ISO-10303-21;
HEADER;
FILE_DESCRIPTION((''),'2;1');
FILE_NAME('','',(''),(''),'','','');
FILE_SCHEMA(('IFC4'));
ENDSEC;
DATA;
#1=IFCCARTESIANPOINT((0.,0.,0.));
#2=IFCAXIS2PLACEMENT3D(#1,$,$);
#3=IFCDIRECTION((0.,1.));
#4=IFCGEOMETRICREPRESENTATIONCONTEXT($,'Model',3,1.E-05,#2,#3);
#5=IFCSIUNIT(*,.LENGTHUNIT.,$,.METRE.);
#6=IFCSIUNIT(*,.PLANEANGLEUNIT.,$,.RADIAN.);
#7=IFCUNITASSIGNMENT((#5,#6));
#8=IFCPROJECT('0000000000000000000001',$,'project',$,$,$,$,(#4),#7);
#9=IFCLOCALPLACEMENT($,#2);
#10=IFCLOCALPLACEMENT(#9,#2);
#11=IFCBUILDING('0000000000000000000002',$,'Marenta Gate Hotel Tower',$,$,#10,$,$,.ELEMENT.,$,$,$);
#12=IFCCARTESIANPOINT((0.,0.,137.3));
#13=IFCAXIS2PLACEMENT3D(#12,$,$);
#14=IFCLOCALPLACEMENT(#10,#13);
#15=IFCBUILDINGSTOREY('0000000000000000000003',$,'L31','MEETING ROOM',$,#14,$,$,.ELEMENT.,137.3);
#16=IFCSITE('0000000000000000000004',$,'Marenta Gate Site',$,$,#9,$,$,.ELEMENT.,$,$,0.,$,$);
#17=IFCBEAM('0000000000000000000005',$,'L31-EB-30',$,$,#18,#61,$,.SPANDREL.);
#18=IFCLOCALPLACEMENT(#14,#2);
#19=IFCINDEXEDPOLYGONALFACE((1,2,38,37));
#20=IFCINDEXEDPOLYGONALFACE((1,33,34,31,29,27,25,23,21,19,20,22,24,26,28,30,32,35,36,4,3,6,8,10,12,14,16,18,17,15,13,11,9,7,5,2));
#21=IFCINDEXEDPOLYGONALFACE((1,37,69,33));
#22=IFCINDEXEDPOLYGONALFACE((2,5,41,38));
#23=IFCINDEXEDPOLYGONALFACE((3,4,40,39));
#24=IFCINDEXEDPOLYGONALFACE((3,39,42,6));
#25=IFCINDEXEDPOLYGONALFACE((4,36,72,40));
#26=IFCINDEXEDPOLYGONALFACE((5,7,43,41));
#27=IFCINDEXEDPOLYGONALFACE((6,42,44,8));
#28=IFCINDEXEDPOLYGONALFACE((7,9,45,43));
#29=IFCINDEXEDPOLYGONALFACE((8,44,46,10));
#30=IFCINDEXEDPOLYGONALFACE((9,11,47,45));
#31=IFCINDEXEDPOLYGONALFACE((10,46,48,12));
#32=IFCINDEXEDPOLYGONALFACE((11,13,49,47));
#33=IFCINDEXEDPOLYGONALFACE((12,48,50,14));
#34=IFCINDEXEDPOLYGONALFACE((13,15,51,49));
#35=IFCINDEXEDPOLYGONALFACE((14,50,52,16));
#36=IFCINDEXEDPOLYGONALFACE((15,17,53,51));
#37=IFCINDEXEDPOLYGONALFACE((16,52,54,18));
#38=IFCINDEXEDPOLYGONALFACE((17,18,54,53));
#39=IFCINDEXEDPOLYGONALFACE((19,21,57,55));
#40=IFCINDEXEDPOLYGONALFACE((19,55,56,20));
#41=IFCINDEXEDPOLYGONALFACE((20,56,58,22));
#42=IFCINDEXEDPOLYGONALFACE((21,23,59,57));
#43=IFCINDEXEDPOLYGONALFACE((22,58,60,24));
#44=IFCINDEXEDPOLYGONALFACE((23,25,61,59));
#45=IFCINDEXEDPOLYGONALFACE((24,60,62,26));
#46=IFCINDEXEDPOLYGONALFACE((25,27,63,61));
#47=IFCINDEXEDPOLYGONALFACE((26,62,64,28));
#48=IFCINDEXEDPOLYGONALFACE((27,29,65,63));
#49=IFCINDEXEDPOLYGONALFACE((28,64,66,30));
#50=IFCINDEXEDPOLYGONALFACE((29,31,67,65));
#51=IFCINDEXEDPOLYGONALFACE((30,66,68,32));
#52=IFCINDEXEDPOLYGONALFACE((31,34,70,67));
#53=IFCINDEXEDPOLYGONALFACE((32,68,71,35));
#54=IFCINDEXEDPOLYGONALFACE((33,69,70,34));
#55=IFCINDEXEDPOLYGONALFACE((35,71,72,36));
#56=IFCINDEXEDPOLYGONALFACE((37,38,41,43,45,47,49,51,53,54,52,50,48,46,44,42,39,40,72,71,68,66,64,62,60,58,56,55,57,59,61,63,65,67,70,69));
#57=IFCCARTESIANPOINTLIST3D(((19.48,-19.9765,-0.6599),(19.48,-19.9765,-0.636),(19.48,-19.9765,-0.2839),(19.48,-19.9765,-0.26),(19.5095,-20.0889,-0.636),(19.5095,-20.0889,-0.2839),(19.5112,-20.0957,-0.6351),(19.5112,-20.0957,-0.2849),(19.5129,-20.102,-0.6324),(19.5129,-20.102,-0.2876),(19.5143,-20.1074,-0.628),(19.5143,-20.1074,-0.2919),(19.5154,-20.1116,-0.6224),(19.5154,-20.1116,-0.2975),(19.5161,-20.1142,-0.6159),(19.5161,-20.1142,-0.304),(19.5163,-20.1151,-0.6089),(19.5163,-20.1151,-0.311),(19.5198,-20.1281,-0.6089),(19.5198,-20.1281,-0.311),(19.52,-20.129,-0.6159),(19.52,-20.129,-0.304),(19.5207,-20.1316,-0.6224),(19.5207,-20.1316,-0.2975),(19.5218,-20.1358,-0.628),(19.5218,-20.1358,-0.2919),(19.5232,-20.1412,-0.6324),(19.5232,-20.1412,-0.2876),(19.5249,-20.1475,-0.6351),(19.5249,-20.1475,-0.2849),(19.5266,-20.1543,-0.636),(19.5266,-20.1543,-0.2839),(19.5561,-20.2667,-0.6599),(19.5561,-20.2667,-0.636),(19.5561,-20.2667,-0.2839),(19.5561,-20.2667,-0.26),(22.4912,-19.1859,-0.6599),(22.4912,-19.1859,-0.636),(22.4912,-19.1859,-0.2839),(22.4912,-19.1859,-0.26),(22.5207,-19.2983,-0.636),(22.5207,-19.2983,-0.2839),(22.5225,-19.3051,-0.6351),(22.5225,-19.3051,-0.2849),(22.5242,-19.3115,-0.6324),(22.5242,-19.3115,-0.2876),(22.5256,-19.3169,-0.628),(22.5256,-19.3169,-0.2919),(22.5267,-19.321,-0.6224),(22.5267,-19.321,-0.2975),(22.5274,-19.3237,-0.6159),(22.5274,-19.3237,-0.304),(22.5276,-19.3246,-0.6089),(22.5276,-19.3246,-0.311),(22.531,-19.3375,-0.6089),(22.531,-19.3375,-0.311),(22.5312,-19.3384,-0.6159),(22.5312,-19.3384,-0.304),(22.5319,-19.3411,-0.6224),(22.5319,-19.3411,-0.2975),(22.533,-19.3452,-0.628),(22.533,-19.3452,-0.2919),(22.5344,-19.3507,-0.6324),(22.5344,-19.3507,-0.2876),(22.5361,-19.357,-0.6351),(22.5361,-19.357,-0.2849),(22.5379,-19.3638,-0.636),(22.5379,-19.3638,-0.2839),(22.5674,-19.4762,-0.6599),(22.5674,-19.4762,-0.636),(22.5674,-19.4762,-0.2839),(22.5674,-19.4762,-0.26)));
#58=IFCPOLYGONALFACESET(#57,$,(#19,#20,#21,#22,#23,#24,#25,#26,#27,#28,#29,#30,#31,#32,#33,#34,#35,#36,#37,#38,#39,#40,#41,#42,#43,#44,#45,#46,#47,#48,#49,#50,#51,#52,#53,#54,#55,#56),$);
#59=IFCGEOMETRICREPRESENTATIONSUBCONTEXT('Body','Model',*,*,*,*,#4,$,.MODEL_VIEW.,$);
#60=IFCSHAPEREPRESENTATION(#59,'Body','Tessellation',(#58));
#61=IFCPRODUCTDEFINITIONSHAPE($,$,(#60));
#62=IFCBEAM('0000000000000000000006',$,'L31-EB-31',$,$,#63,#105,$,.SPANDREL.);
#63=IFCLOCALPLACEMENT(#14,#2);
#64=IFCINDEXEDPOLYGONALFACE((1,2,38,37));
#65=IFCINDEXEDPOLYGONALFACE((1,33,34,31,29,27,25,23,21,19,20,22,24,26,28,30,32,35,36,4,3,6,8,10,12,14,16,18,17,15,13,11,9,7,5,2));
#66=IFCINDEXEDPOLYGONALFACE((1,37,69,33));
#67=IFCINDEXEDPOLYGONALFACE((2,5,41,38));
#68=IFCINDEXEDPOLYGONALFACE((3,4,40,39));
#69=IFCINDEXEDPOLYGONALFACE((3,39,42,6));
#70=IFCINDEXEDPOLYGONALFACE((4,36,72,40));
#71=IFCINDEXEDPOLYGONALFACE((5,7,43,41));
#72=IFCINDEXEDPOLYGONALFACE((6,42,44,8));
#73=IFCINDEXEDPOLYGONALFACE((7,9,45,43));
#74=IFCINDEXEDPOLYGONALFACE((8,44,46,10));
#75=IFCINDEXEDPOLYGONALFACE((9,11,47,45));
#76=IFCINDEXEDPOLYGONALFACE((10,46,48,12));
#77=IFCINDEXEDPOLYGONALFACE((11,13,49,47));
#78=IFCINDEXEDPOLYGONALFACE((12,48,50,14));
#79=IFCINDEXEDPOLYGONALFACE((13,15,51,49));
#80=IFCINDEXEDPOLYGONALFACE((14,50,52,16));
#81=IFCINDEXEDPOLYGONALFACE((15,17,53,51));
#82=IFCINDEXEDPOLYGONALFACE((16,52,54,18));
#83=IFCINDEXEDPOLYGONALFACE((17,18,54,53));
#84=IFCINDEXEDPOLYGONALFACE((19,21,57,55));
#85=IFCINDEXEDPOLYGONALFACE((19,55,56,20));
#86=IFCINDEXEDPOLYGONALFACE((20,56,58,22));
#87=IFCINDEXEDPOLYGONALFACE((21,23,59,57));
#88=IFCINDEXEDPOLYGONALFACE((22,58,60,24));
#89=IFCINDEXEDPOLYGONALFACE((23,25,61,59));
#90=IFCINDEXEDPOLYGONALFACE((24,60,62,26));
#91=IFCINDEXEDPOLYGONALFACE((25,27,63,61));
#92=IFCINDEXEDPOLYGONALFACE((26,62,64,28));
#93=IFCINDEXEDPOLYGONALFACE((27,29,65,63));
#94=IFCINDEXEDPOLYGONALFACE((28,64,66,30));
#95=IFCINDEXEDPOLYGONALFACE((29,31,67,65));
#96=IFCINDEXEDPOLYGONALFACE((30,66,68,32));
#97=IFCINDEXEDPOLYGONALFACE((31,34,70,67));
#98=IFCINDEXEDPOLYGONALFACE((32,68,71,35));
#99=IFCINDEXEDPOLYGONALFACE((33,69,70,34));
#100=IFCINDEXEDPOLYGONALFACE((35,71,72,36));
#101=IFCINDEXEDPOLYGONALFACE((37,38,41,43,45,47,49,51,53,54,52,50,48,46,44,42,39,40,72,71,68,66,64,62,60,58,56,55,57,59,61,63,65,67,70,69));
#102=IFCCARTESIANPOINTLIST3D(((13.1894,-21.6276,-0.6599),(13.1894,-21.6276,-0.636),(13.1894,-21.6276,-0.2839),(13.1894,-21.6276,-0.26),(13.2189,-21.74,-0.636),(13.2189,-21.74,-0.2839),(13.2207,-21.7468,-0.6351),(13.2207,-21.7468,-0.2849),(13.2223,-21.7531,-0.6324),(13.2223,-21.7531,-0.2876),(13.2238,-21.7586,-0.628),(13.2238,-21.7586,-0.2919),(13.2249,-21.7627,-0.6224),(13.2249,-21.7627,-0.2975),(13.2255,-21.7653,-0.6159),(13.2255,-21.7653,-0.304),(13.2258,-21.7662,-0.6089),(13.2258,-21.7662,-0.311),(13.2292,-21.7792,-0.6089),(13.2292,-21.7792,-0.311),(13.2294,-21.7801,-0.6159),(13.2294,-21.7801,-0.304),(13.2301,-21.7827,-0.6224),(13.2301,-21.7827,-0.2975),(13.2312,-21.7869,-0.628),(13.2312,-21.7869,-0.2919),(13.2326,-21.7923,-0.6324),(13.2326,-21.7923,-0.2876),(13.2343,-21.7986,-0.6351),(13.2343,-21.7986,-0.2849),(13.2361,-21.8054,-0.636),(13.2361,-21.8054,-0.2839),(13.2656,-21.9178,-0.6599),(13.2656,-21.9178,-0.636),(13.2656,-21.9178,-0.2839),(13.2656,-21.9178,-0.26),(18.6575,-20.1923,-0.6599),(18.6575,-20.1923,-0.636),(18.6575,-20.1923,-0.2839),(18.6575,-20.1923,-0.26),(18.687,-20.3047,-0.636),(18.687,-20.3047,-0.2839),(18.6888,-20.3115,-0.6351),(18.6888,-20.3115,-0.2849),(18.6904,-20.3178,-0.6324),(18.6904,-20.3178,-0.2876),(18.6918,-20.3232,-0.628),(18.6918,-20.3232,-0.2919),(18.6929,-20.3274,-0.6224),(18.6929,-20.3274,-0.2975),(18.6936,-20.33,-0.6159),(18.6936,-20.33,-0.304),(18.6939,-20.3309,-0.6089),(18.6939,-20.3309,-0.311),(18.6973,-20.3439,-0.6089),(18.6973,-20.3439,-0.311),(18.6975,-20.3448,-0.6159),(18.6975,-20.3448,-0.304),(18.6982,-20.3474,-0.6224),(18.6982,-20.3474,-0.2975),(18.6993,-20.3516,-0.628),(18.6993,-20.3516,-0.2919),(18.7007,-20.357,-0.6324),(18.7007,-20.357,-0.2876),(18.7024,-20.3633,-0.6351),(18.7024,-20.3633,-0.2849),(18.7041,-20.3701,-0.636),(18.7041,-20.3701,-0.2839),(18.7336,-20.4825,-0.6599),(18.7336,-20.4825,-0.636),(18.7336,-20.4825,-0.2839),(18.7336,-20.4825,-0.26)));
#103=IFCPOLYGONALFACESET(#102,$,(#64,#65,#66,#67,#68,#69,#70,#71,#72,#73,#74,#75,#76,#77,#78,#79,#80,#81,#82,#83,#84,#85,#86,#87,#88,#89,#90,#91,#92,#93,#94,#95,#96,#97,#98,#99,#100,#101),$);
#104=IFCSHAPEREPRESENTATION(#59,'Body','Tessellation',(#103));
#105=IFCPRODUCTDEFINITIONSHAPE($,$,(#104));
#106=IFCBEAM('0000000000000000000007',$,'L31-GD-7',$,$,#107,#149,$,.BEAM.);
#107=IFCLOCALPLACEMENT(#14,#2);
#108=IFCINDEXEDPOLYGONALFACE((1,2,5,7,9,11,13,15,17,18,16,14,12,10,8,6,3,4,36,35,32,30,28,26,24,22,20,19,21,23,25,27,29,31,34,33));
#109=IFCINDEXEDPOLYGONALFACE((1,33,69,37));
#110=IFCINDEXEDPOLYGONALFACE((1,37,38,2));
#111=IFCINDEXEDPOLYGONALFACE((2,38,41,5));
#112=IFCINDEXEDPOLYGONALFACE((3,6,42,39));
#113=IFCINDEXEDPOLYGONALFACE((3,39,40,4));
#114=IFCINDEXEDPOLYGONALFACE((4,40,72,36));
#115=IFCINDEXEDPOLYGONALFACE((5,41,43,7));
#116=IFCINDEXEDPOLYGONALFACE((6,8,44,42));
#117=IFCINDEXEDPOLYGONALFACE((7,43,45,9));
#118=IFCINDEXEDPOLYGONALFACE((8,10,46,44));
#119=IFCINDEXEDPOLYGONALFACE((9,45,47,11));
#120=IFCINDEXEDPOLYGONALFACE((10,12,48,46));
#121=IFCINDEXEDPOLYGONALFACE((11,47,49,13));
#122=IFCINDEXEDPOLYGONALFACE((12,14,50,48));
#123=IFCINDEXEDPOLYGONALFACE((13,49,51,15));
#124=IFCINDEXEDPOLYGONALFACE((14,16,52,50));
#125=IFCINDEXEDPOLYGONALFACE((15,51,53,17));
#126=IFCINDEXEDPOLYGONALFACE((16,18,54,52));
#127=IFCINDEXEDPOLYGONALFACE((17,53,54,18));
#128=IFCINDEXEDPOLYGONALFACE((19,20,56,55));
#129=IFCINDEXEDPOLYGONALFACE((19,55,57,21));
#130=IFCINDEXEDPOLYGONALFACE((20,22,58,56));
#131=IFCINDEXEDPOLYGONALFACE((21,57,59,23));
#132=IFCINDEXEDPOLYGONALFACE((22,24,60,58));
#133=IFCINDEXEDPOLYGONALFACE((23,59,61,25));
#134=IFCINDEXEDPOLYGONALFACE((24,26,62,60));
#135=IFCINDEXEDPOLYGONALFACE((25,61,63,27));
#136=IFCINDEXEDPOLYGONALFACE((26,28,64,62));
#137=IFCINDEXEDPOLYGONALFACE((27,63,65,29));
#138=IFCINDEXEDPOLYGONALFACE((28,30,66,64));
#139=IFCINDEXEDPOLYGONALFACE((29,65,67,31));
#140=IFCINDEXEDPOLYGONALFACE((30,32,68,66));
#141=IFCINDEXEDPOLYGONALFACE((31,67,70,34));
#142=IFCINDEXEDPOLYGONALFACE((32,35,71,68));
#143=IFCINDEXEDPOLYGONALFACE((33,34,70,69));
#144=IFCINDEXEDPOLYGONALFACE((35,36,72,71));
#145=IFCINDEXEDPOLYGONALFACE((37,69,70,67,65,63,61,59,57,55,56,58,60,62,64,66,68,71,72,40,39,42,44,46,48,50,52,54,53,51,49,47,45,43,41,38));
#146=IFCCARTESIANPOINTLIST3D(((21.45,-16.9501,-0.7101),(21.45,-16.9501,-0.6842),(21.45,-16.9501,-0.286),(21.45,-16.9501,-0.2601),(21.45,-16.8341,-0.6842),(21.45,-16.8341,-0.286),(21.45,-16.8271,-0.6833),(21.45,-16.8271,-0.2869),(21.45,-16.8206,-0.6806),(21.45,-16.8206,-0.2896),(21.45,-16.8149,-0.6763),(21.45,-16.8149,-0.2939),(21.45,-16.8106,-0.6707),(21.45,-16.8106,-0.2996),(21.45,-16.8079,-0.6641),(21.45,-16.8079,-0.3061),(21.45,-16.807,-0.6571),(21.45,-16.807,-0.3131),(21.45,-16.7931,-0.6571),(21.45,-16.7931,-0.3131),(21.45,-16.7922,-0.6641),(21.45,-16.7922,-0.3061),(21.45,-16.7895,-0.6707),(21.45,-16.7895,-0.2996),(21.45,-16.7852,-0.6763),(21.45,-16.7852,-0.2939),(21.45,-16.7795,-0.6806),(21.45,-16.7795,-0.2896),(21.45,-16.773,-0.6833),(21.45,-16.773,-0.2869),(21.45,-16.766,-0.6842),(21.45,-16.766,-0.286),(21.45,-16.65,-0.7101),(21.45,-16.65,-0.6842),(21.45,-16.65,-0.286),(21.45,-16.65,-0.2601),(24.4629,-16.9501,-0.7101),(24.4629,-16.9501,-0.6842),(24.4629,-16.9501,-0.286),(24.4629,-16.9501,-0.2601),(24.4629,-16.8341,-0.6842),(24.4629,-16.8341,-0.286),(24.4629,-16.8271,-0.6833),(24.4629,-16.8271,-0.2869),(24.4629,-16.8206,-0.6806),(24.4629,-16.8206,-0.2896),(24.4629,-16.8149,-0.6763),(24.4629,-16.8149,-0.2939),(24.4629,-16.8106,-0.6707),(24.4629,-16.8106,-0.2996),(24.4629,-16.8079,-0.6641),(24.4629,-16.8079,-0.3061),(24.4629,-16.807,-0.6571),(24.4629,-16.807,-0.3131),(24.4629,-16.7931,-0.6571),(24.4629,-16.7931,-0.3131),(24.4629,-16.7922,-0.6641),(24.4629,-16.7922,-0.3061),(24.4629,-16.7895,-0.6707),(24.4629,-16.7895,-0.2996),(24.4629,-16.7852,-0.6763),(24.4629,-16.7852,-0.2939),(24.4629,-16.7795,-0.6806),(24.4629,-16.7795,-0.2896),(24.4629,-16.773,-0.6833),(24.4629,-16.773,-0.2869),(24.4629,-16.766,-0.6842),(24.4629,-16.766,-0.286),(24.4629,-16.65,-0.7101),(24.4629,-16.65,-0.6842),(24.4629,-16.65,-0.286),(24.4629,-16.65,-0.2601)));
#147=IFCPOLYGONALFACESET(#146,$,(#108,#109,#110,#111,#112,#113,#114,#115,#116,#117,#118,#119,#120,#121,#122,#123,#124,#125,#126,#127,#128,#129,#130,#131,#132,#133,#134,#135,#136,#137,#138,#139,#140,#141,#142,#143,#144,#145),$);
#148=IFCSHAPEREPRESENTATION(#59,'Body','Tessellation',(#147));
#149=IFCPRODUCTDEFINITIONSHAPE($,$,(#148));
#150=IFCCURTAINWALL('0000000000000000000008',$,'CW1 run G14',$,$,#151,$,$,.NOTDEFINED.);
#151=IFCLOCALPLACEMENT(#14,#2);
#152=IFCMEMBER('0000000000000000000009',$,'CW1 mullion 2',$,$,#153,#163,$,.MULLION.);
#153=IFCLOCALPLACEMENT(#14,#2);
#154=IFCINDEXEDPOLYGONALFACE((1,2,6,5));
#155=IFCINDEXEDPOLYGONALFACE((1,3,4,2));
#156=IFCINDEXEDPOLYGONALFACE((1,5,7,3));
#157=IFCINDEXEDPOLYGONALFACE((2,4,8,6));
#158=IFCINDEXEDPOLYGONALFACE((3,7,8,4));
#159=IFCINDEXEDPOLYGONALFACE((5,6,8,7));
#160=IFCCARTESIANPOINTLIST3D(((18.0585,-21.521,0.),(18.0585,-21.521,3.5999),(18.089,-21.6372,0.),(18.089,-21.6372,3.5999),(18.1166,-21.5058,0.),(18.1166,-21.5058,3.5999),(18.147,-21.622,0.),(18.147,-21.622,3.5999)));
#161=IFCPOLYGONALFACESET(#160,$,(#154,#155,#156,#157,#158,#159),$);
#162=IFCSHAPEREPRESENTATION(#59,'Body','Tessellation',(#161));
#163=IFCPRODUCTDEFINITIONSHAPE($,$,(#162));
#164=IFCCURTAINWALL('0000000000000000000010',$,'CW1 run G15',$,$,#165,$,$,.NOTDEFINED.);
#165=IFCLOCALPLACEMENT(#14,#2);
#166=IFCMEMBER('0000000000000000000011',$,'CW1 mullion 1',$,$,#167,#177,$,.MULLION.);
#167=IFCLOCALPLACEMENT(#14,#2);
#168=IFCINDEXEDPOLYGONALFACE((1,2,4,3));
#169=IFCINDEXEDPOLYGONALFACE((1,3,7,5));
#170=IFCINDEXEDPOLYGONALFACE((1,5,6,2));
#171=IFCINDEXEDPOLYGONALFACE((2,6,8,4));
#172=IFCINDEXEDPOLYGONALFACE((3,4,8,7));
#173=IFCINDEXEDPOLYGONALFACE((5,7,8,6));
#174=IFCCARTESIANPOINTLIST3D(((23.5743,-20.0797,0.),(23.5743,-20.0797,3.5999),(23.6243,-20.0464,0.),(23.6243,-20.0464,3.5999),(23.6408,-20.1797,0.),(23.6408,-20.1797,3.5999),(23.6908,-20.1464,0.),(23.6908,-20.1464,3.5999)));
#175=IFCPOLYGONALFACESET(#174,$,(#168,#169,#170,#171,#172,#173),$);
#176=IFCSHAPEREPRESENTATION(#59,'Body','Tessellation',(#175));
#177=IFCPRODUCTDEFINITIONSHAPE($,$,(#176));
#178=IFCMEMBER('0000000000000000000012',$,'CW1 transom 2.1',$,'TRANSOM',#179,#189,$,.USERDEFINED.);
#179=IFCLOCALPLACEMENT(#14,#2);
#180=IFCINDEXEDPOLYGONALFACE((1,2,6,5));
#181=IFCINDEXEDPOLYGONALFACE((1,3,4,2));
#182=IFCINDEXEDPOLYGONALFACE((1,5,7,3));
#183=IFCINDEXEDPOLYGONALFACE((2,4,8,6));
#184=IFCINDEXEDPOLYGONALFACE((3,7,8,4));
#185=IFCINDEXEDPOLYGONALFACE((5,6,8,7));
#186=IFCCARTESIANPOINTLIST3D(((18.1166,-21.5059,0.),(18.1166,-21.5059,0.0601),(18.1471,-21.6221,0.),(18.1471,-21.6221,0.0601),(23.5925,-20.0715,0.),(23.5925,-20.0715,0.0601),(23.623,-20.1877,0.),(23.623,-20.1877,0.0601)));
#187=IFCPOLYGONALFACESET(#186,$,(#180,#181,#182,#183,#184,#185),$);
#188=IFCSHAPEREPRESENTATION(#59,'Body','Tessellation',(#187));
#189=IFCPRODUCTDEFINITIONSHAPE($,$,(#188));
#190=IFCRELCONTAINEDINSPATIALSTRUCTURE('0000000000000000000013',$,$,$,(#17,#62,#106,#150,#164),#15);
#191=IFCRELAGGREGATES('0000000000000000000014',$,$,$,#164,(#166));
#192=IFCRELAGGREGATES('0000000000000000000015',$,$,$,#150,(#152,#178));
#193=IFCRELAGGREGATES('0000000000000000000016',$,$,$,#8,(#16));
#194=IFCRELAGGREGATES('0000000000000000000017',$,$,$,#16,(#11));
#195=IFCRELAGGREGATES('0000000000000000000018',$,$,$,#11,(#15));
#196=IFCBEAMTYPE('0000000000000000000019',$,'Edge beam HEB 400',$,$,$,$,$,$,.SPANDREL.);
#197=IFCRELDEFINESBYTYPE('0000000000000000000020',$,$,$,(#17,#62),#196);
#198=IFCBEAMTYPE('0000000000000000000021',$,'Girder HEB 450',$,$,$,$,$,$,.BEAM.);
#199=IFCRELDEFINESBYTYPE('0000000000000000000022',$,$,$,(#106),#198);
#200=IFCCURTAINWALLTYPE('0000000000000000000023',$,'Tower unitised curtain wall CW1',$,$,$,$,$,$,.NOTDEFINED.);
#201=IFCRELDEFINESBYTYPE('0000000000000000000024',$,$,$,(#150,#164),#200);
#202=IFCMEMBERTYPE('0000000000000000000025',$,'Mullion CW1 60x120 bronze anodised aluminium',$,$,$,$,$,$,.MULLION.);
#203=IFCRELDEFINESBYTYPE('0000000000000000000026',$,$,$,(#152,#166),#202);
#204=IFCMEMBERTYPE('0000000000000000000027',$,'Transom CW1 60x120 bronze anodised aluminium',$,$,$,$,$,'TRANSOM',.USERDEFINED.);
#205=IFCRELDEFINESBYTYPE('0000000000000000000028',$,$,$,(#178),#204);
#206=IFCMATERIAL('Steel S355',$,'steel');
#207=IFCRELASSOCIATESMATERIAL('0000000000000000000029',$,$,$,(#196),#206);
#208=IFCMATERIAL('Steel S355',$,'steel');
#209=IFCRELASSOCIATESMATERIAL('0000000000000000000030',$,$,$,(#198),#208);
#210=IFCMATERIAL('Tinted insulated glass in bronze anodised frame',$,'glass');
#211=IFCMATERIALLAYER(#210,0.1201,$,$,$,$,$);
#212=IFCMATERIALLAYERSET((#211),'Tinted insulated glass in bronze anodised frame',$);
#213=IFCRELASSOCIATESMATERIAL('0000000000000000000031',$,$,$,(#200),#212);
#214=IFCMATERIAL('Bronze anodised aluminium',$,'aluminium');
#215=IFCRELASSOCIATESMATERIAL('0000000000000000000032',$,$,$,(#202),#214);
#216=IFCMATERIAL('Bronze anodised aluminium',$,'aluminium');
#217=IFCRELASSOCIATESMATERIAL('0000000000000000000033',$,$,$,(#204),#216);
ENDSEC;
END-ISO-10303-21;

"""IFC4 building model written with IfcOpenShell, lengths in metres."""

from ifc_helpers import new_model, si_unit, direction, frame, origin, origin_2d, place, context, subcontext, project, spatial, rectangle, i_section, extrude, material, layer, layer_set, material_profile, profile_set, type_object, element, aggregate, save


model = new_model("IFC4")

# Units and contexts
model_context = context("Model", 3, precision=1e-05, world=origin(), true_north=direction((0.0, 1.0)))
body_context = subcontext(model_context, "Body", "Model", "MODEL_VIEW")
ifc_project = project(units=[si_unit("LENGTHUNIT", "METRE"), si_unit("PLANEANGLEUNIT", "RADIAN")], contexts=[model_context])

# Site, building, storey
site_placement = place(None, origin())
site = spatial("IfcSite", under=ifc_project, at=site_placement, Name="Marenta Gate Site", CompositionType="ELEMENT", RefElevation=0.0)
building_placement = place(site_placement, origin())
building = spatial("IfcBuilding", under=site, at=building_placement, Name="Marenta Gate Hotel Tower", CompositionType="ELEMENT")
storey_placement = place(building_placement, frame((0.0, 0.0, 137.3)))
storey = spatial("IfcBuildingStorey", under=building, at=storey_placement, Name="L31", Description="MEETING ROOM", CompositionType="ELEMENT", Elevation=137.3)

# Beams
ifc_material_1 = material(Name="Steel S355", Category="steel")
ifc_material_profile_1 = material_profile(ifc_material_1, i_section(OverallWidth=0.3, OverallDepth=0.3999, WebThickness=0.0134, FlangeThickness=0.0239, FilletRadius=0.0271, at=origin_2d()), Name="HEB 400")
ifc_profile_set_1 = profile_set([ifc_material_profile_1], Name="Steel S355")
beam_type_1 = type_object("IfcBeamType", Name="Edge beam HEB 400", PredefinedType="SPANDREL", material=ifc_profile_set_1)
beam_1_placement = place(storey_placement, frame((22.5293, -19.3311, -0.46), z_axis=(-0.967225, -0.253922, 0.0), x_axis=(0.253922, -0.967225, 0.0)))
element("IfcBeam", 1, at=beam_1_placement, inside=storey, type_object=beam_type_1, Name="L31-EB-30", PredefinedType="SPANDREL", context=body_context, shape_type="SweptSolid", body=[
    extrude(i_section(OverallWidth=0.3, OverallDepth=0.3999, WebThickness=0.0134, FlangeThickness=0.0239, FilletRadius=0.0271, at=origin_2d()), origin(), (0.0, 0.0, 1.0), 3.1133),
])
beam_2_placement = place(storey_placement, frame((18.6956, -20.3374, -0.46), z_axis=(-0.967233, -0.25389, 0.0), x_axis=(0.25389, -0.967233, 0.0)))
element("IfcBeam", 2, at=beam_2_placement, inside=storey, type_object=beam_type_1, Name="L31-EB-31", PredefinedType="SPANDREL", context=body_context, shape_type="SweptSolid", body=[
    extrude(i_section(OverallWidth=0.3, OverallDepth=0.3999, WebThickness=0.0134, FlangeThickness=0.0239, FilletRadius=0.0271, at=origin_2d()), origin(), (0.0, 0.0, 1.0), 5.6533),
])
ifc_material_2 = material(Name="Steel S355", Category="steel")
ifc_material_profile_2 = material_profile(ifc_material_2, i_section(OverallWidth=0.3, OverallDepth=0.45, WebThickness=0.0139, FlangeThickness=0.0259, FilletRadius=0.0271, at=origin_2d()), Name="HEB 450")
ifc_profile_set_2 = profile_set([ifc_material_profile_2], Name="Steel S355")
beam_type_2 = type_object("IfcBeamType", Name="Girder HEB 450", PredefinedType="BEAM", material=ifc_profile_set_2)
beam_3_placement = place(storey_placement, frame((21.45, -16.8, -0.4851), z_axis=(1.0, 0.0, 0.0), x_axis=(0.0, 1.0, 0.0)))
element("IfcBeam", 3, at=beam_3_placement, inside=storey, type_object=beam_type_2, Name="L31-GD-7", PredefinedType="BEAM", context=body_context, shape_type="SweptSolid", body=[
    extrude(i_section(OverallWidth=0.3, OverallDepth=0.45, WebThickness=0.0139, FlangeThickness=0.0259, FilletRadius=0.0271, at=origin_2d()), origin(), (0.0, 0.0, 1.0), 3.0129),
])

# Curtain walls, members
ifc_material_3 = material(Name="Tinted insulated glass in bronze anodised frame", Category="glass")
ifc_layer_1 = layer(ifc_material_3, 0.1201)
ifc_layer_set_1 = layer_set([ifc_layer_1], Name="Tinted insulated glass in bronze anodised frame")
curtain_wall_type = type_object("IfcCurtainWallType", Name="Tower unitised curtain wall CW1", PredefinedType="NOTDEFINED", material=ifc_layer_set_1)
curtain_wall_1_placement = place(storey_placement, origin())
curtain_wall_1 = element("IfcCurtainWall", 4, at=curtain_wall_1_placement, inside=storey, type_object=curtain_wall_type, Name="CW1 run G14", PredefinedType="NOTDEFINED")
ifc_material_4 = material(Name="Bronze anodised aluminium", Category="aluminium")
ifc_material_profile_3 = material_profile(ifc_material_4, rectangle(XDim=0.1201, YDim=0.0601, at=origin_2d()), Name="Mullion CW1 60x120 bronze anodised aluminium")
ifc_profile_set_3 = profile_set([ifc_material_profile_3], Name="Bronze anodised aluminium")
member_type_1 = type_object("IfcMemberType", Name="Mullion CW1 60x120 bronze anodised aluminium", PredefinedType="MULLION", material=ifc_profile_set_3)
member_1_placement = place(storey_placement, frame((18.1028, -21.5715, 0.0), z_axis=(0.0, 0.0, 1.0), x_axis=(-0.253374, 0.967368, 0.0)))
member_1 = element("IfcMember", 5, at=member_1_placement, type_object=member_type_1, Name="CW1 mullion 2", PredefinedType="MULLION", context=body_context, shape_type="SweptSolid", body=[
    extrude(rectangle(XDim=0.1201, YDim=0.0601, at=origin_2d()), origin(), (0.0, 0.0, 1.0), 3.5999),
])
curtain_wall_2_placement = place(storey_placement, origin())
curtain_wall_2 = element("IfcCurtainWall", 6, at=curtain_wall_2_placement, inside=storey, type_object=curtain_wall_type, Name="CW1 run G15", PredefinedType="NOTDEFINED")
member_2_placement = place(storey_placement, frame((23.6326, -20.113, 0.0), z_axis=(0.0, 0.0, 1.0), x_axis=(-0.554016, 0.832506, 0.0)))
member_2 = element("IfcMember", 7, at=member_2_placement, type_object=member_type_1, Name="CW1 mullion 1", PredefinedType="MULLION", context=body_context, shape_type="SweptSolid", body=[
    extrude(rectangle(XDim=0.1201, YDim=0.0601, at=origin_2d()), origin(), (0.0, 0.0, 1.0), 3.5999),
])
aggregate(curtain_wall_2, [member_2])

# Member
ifc_material_5 = material(Name="Bronze anodised aluminium", Category="aluminium")
ifc_material_profile_4 = material_profile(ifc_material_5, rectangle(XDim=0.1201, YDim=0.0601, at=origin_2d()), Name="Transom CW1 60x120 bronze anodised aluminium")
ifc_profile_set_4 = profile_set([ifc_material_profile_4], Name="Bronze anodised aluminium")
member_type_2 = type_object("IfcMemberType", Name="Transom CW1 60x120 bronze anodised aluminium", ElementType="TRANSOM", PredefinedType="USERDEFINED", material=ifc_profile_set_4)
member_3_placement = place(storey_placement, frame((18.1318, -21.564, 0.03), z_axis=(0.967364, 0.253389, 0.0), x_axis=(-0.253389, 0.967364, 0.0)))
member_3 = element("IfcMember", 8, at=member_3_placement, type_object=member_type_2, Name="CW1 transom 2.1", ObjectType="TRANSOM", PredefinedType="USERDEFINED", context=body_context, shape_type="SweptSolid", body=[
    extrude(rectangle(XDim=0.1201, YDim=0.0601, at=origin_2d()), origin(), (0.0, 0.0, 1.0), 5.6606),
])

aggregate(curtain_wall_1, [member_1, member_3])

save(model, "model.ifc")
